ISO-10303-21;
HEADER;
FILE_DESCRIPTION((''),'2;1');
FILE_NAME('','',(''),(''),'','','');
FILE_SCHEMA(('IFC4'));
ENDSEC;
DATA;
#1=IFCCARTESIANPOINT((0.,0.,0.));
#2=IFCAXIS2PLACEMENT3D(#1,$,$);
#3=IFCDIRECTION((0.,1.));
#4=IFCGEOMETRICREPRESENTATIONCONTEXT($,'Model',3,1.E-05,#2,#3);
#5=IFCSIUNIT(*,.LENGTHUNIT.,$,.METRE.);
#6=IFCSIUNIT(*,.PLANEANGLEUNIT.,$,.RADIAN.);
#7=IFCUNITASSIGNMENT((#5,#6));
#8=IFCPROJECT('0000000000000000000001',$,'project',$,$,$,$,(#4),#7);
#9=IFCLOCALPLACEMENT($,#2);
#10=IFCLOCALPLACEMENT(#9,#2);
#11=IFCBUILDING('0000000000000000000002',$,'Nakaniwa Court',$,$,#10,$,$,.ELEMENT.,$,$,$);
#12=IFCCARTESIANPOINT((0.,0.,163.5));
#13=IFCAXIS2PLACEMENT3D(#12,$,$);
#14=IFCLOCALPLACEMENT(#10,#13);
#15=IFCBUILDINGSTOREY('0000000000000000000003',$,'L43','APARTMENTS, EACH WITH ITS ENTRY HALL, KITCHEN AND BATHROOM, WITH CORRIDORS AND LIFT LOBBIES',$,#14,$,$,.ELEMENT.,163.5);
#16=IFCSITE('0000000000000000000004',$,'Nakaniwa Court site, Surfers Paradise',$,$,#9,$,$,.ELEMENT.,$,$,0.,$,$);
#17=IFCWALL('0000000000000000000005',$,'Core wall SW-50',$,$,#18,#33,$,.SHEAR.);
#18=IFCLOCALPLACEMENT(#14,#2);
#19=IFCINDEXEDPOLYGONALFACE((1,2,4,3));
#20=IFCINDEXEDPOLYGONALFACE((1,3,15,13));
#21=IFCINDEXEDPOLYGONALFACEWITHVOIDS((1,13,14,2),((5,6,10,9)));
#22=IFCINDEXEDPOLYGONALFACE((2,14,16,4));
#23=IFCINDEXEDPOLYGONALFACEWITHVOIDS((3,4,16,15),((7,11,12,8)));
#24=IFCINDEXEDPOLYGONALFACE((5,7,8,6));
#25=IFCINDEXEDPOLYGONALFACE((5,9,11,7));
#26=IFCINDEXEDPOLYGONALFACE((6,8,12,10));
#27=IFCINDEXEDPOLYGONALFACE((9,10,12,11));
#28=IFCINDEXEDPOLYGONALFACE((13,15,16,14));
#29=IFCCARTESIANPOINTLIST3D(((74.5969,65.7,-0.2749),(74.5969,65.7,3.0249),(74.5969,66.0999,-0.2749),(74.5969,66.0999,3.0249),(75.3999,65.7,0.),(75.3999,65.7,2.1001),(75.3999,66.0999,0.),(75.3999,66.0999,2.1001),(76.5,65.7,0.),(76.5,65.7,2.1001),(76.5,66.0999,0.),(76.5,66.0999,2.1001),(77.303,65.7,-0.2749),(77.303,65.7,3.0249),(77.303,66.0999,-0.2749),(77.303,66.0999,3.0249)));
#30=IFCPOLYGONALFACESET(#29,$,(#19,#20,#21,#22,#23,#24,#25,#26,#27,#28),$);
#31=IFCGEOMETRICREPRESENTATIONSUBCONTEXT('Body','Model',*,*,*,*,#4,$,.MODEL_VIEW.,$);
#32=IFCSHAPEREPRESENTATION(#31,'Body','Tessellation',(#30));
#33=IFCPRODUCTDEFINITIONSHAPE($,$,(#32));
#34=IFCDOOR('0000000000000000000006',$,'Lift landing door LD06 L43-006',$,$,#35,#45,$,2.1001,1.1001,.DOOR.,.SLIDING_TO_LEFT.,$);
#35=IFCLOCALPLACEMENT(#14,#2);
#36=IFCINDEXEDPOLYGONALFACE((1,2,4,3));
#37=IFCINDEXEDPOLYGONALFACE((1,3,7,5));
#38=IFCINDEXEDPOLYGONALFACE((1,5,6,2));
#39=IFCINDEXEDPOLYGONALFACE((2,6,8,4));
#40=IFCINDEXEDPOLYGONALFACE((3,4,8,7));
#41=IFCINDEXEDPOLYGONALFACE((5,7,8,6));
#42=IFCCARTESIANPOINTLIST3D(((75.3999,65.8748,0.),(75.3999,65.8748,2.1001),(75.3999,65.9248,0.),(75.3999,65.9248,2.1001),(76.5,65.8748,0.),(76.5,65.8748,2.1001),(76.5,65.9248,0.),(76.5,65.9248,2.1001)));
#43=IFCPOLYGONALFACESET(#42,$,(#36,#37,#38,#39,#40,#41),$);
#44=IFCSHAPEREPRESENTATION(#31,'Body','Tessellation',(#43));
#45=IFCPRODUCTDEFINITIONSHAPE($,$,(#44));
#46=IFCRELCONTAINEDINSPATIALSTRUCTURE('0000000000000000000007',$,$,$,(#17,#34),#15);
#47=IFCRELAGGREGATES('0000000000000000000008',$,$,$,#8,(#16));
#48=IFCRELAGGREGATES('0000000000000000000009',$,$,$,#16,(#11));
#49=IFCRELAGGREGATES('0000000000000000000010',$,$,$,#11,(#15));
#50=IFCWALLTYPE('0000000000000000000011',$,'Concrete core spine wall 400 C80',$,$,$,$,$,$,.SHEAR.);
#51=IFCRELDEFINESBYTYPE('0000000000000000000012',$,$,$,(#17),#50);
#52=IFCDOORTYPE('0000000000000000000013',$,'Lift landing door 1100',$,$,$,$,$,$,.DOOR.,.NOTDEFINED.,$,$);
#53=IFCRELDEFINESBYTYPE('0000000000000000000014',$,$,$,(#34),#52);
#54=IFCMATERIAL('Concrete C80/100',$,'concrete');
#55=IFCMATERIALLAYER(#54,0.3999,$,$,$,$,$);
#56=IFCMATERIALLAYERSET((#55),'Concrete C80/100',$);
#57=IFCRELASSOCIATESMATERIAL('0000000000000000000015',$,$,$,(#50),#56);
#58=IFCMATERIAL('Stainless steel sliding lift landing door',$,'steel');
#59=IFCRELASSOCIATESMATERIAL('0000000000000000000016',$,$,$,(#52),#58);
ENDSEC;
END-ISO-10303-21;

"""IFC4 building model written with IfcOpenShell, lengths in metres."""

from ifc_helpers import new_model, si_unit, direction, frame, frame_2d, origin, place, context, subcontext, project, spatial, rectangle, extrude, material, layer, layer_set, type_object, element, fill, save


model = new_model("IFC4")

# Units and contexts
model_context = context("Model", 3, precision=1e-05, world=origin(), true_north=direction((0.0, 1.0)))
body_context = subcontext(model_context, "Body", "Model", "MODEL_VIEW")
ifc_project = project(units=[si_unit("LENGTHUNIT", "METRE"), si_unit("PLANEANGLEUNIT", "RADIAN")], contexts=[model_context])

# Site, building, storey
site_placement = place(None, origin())
site = spatial("IfcSite", under=ifc_project, at=site_placement, Name="Nakaniwa Court site, Surfers Paradise", CompositionType="ELEMENT", RefElevation=0.0)
building_placement = place(site_placement, origin())
building = spatial("IfcBuilding", under=site, at=building_placement, Name="Nakaniwa Court", CompositionType="ELEMENT")
storey_placement = place(building_placement, frame((0.0, 0.0, 163.5)))
storey = spatial("IfcBuildingStorey", under=building, at=storey_placement, Name="L43", Description="APARTMENTS, EACH WITH ITS ENTRY HALL, KITCHEN AND BATHROOM, WITH CORRIDORS AND LIFT LOBBIES", CompositionType="ELEMENT", Elevation=163.5)

# Shared definitions
ifc_material_1 = material(Name="Concrete C80/100", Category="concrete")

# Wall, opening, door
ifc_layer_1 = layer(ifc_material_1, 0.3999)
ifc_layer_set_1 = layer_set([ifc_layer_1], Name="Concrete C80/100")
wall_type_1 = type_object("IfcWallType", Name="Concrete core spine wall 400 C80", PredefinedType="SHEAR", material=ifc_layer_set_1)
wall_1_placement = place(storey_placement, frame((74.5969, 65.8999, -0.2749), z_axis=(0.0, 0.0, 1.0), x_axis=(1.0, 0.0, 0.0)))
wall_1 = element("IfcWall", 1, at=wall_1_placement, inside=storey, type_object=wall_type_1, Name="Core wall SW-50", PredefinedType="SHEAR", context=body_context, shape_type="SweptSolid", body=[
    extrude(rectangle(XDim=2.7061, YDim=0.3999, at=frame_2d((1.353, 0.0))), origin(), (0.0, 0.0, 1.0), 3.2998),
])
opening_1_placement = place(wall_1_placement, frame((0.803, 0.0, 0.2749)))
opening_1 = element("IfcOpeningElement", 2, at=opening_1_placement, cuts=wall_1, PredefinedType="OPENING", context=body_context, shape_type="SweptSolid", body=[
    extrude(rectangle(XDim=1.1001, YDim=2.1001, at=frame_2d((0.55, 1.05))), frame((0.0, 0.21, 0.0), z_axis=(0.0, -1.0, 0.0), x_axis=(1.0, 0.0, 0.0)), (0.0, 0.0, 1.0), 0.4199),
])
ifc_material_2 = material(Name="Stainless steel sliding lift landing door", Category="steel")
door_type_1 = type_object("IfcDoorType", Name="Lift landing door 1100", OperationType="NOTDEFINED", PredefinedType="DOOR", material=ifc_material_2)
door_1_placement = place(opening_1_placement, origin())
door_1 = element("IfcDoor", 3, at=door_1_placement, inside=storey, type_object=door_type_1, Name="Lift landing door LD06 L43-006", OperationType="SLIDING_TO_LEFT", OverallHeight=2.1001, OverallWidth=1.1001, PredefinedType="DOOR", context=body_context, shape_type="SweptSolid", body=[
    extrude(rectangle(XDim=1.1001, YDim=2.1001, at=frame_2d((0.55, 1.05))), frame((0.0, 0.0249, 0.0), z_axis=(0.0, -1.0, 0.0), x_axis=(1.0, 0.0, 0.0)), (0.0, 0.0, 1.0), 0.05),
])
fill(opening_1, door_1)

save(model, "model.ifc")
